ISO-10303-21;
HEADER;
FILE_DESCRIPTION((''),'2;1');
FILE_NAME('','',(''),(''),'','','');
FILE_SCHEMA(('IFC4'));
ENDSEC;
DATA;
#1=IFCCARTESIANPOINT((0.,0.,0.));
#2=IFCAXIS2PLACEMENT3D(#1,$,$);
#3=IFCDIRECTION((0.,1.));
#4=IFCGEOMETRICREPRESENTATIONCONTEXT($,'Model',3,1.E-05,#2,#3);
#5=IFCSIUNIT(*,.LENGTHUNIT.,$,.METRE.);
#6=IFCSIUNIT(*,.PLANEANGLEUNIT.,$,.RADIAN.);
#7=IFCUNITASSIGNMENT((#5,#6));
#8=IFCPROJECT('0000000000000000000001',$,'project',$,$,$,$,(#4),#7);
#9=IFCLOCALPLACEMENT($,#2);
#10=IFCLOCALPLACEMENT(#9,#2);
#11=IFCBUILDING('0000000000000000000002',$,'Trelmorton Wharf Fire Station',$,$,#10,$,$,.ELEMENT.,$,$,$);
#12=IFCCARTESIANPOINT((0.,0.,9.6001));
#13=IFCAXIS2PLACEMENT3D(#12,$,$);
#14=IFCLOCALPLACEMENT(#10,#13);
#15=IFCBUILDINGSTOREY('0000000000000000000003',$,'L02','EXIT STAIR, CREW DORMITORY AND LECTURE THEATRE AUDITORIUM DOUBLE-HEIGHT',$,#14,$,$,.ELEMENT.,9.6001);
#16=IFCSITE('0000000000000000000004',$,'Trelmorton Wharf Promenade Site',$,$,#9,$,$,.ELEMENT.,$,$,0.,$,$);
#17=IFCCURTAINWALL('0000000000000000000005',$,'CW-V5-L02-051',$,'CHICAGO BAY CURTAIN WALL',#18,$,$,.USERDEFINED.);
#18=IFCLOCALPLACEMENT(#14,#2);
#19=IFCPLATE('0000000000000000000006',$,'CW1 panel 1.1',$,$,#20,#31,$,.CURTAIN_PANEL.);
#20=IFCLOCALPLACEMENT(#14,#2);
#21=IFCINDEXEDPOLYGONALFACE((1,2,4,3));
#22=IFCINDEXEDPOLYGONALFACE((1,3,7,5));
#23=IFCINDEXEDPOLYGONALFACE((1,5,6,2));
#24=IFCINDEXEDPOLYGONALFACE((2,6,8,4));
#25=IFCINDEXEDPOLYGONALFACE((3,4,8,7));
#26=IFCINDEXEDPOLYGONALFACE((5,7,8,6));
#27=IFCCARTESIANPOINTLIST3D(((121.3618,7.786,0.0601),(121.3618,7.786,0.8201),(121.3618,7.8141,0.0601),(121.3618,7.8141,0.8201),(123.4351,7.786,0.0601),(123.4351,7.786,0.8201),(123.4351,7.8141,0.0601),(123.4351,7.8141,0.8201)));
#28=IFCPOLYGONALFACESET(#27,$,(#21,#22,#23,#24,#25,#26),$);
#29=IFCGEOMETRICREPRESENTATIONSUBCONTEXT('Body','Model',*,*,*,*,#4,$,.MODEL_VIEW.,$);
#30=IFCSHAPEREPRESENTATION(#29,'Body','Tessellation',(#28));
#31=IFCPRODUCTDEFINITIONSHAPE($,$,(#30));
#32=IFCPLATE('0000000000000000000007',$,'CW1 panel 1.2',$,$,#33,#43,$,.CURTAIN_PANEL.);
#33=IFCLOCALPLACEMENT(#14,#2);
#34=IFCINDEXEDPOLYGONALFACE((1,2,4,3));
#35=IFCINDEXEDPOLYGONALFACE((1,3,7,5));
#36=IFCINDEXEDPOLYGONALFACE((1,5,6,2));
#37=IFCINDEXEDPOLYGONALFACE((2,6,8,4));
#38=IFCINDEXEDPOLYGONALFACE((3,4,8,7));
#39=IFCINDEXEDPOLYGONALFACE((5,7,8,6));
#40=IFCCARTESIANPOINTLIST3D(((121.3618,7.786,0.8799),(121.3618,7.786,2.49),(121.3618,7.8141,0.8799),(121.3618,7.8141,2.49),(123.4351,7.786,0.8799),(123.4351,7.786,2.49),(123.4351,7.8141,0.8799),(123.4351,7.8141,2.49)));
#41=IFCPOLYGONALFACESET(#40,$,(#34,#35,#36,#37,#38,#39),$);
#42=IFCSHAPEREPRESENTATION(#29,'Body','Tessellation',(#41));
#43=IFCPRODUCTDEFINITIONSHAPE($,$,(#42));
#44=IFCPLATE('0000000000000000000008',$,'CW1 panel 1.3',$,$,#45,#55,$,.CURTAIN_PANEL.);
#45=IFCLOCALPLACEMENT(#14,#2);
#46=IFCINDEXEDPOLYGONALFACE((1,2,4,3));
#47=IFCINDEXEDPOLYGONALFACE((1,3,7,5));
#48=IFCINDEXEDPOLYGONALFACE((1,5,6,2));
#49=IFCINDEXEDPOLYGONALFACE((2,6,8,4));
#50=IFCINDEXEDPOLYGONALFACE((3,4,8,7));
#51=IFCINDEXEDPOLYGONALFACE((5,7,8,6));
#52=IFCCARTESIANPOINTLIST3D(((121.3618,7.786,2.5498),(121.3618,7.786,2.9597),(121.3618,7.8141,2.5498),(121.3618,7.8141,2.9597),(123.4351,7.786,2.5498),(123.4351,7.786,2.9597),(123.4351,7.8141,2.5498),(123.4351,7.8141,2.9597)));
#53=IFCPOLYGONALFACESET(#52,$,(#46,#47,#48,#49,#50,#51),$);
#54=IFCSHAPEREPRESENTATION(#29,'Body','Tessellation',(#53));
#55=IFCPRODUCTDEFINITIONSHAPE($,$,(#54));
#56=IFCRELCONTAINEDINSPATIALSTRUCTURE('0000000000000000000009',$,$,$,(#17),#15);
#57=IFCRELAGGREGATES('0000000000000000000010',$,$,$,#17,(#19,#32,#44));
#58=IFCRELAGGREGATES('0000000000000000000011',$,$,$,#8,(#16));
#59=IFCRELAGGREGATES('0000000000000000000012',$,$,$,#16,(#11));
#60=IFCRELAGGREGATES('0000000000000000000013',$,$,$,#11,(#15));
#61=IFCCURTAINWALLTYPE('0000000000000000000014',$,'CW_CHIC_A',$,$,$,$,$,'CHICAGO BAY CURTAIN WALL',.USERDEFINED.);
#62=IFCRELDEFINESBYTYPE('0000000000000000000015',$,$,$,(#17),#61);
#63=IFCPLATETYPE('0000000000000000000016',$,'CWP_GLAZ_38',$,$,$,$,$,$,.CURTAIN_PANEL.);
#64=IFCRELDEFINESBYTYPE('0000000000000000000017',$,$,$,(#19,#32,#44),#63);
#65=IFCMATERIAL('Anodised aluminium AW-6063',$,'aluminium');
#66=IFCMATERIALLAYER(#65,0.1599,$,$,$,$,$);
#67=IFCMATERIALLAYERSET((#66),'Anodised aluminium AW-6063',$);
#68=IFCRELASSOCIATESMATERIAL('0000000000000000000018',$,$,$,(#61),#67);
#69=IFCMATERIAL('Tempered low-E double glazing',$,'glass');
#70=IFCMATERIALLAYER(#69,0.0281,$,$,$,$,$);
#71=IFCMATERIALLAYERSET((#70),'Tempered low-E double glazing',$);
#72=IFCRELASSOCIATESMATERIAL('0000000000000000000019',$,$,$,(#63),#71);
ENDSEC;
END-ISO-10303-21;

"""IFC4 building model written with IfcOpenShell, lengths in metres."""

from ifc_helpers import new_model, si_unit, direction, frame, origin, origin_2d, place, context, subcontext, project, spatial, rectangle, extrude, material, layer, layer_set, type_object, element, aggregate, save


model = new_model("IFC4")

# Units and contexts
model_context = context("Model", 3, precision=1e-05, world=origin(), true_north=direction((0.0, 1.0)))
body_context = subcontext(model_context, "Body", "Model", "MODEL_VIEW")
ifc_project = project(units=[si_unit("LENGTHUNIT", "METRE"), si_unit("PLANEANGLEUNIT", "RADIAN")], contexts=[model_context])

# Site, building, storey
site_placement = place(None, origin())
site = spatial("IfcSite", under=ifc_project, at=site_placement, Name="Trelmorton Wharf Promenade Site", CompositionType="ELEMENT", RefElevation=0.0)
building_placement = place(site_placement, origin())
building = spatial("IfcBuilding", under=site, at=building_placement, Name="Trelmorton Wharf Fire Station", CompositionType="ELEMENT")
storey_placement = place(building_placement, frame((0.0, 0.0, 9.6001)))
storey = spatial("IfcBuildingStorey", under=building, at=storey_placement, Name="L02", Description="EXIT STAIR, CREW DORMITORY AND LECTURE THEATRE AUDITORIUM DOUBLE-HEIGHT", CompositionType="ELEMENT", Elevation=9.6001)

# Curtain wall
ifc_material_1 = material(Name="Anodised aluminium AW-6063", Category="aluminium")
ifc_layer_1 = layer(ifc_material_1, 0.1599)
ifc_layer_set_1 = layer_set([ifc_layer_1], Name="Anodised aluminium AW-6063")
curtain_wall_type_1 = type_object("IfcCurtainWallType", Name="CW_CHIC_A", ElementType="CHICAGO BAY CURTAIN WALL", PredefinedType="USERDEFINED", material=ifc_layer_set_1)
curtain_wall_1_placement = place(storey_placement, origin())
curtain_wall_1 = element("IfcCurtainWall", 1, at=curtain_wall_1_placement, inside=storey, type_object=curtain_wall_type_1, Name="CW-V5-L02-051", ObjectType="CHICAGO BAY CURTAIN WALL", PredefinedType="USERDEFINED")

# Plates
ifc_material_2 = material(Name="Tempered low-E double glazing", Category="glass")
ifc_layer_2 = layer(ifc_material_2, 0.0281)
ifc_layer_set_2 = layer_set([ifc_layer_2], Name="Tempered low-E double glazing")
plate_type_1 = type_object("IfcPlateType", Name="CWP_GLAZ_38", PredefinedType="CURTAIN_PANEL", material=ifc_layer_set_2)
plate_1_placement = place(storey_placement, frame((122.3984, 7.8, 0.0601), z_axis=(0.0, 0.0, 1.0), x_axis=(-1.0, 0.0, 0.0)))
plate_1 = element("IfcPlate", 2, at=plate_1_placement, type_object=plate_type_1, Name="CW1 panel 1.1", PredefinedType="CURTAIN_PANEL", context=body_context, shape_type="SweptSolid", body=[
    extrude(rectangle(XDim=2.0732, YDim=0.0281, at=origin_2d()), origin(), (0.0, 0.0, 1.0), 0.76),
])
plate_2_placement = place(storey_placement, frame((122.3984, 7.8, 0.8799), z_axis=(0.0, 0.0, 1.0), x_axis=(-1.0, 0.0, 0.0)))
plate_2 = element("IfcPlate", 3, at=plate_2_placement, type_object=plate_type_1, Name="CW1 panel 1.2", PredefinedType="CURTAIN_PANEL", context=body_context, shape_type="SweptSolid", body=[
    extrude(rectangle(XDim=2.0732, YDim=0.0281, at=origin_2d()), origin(), (0.0, 0.0, 1.0), 1.6101),
])
plate_3_placement = place(storey_placement, frame((122.3984, 7.8, 2.5498), z_axis=(0.0, 0.0, 1.0), x_axis=(-1.0, 0.0, 0.0)))
plate_3 = element("IfcPlate", 4, at=plate_3_placement, type_object=plate_type_1, Name="CW1 panel 1.3", PredefinedType="CURTAIN_PANEL", context=body_context, shape_type="SweptSolid", body=[
    extrude(rectangle(XDim=2.0732, YDim=0.0281, at=origin_2d()), origin(), (0.0, 0.0, 1.0), 0.4099),
])
aggregate(curtain_wall_1, [plate_1, plate_2, plate_3])

save(model, "model.ifc")
